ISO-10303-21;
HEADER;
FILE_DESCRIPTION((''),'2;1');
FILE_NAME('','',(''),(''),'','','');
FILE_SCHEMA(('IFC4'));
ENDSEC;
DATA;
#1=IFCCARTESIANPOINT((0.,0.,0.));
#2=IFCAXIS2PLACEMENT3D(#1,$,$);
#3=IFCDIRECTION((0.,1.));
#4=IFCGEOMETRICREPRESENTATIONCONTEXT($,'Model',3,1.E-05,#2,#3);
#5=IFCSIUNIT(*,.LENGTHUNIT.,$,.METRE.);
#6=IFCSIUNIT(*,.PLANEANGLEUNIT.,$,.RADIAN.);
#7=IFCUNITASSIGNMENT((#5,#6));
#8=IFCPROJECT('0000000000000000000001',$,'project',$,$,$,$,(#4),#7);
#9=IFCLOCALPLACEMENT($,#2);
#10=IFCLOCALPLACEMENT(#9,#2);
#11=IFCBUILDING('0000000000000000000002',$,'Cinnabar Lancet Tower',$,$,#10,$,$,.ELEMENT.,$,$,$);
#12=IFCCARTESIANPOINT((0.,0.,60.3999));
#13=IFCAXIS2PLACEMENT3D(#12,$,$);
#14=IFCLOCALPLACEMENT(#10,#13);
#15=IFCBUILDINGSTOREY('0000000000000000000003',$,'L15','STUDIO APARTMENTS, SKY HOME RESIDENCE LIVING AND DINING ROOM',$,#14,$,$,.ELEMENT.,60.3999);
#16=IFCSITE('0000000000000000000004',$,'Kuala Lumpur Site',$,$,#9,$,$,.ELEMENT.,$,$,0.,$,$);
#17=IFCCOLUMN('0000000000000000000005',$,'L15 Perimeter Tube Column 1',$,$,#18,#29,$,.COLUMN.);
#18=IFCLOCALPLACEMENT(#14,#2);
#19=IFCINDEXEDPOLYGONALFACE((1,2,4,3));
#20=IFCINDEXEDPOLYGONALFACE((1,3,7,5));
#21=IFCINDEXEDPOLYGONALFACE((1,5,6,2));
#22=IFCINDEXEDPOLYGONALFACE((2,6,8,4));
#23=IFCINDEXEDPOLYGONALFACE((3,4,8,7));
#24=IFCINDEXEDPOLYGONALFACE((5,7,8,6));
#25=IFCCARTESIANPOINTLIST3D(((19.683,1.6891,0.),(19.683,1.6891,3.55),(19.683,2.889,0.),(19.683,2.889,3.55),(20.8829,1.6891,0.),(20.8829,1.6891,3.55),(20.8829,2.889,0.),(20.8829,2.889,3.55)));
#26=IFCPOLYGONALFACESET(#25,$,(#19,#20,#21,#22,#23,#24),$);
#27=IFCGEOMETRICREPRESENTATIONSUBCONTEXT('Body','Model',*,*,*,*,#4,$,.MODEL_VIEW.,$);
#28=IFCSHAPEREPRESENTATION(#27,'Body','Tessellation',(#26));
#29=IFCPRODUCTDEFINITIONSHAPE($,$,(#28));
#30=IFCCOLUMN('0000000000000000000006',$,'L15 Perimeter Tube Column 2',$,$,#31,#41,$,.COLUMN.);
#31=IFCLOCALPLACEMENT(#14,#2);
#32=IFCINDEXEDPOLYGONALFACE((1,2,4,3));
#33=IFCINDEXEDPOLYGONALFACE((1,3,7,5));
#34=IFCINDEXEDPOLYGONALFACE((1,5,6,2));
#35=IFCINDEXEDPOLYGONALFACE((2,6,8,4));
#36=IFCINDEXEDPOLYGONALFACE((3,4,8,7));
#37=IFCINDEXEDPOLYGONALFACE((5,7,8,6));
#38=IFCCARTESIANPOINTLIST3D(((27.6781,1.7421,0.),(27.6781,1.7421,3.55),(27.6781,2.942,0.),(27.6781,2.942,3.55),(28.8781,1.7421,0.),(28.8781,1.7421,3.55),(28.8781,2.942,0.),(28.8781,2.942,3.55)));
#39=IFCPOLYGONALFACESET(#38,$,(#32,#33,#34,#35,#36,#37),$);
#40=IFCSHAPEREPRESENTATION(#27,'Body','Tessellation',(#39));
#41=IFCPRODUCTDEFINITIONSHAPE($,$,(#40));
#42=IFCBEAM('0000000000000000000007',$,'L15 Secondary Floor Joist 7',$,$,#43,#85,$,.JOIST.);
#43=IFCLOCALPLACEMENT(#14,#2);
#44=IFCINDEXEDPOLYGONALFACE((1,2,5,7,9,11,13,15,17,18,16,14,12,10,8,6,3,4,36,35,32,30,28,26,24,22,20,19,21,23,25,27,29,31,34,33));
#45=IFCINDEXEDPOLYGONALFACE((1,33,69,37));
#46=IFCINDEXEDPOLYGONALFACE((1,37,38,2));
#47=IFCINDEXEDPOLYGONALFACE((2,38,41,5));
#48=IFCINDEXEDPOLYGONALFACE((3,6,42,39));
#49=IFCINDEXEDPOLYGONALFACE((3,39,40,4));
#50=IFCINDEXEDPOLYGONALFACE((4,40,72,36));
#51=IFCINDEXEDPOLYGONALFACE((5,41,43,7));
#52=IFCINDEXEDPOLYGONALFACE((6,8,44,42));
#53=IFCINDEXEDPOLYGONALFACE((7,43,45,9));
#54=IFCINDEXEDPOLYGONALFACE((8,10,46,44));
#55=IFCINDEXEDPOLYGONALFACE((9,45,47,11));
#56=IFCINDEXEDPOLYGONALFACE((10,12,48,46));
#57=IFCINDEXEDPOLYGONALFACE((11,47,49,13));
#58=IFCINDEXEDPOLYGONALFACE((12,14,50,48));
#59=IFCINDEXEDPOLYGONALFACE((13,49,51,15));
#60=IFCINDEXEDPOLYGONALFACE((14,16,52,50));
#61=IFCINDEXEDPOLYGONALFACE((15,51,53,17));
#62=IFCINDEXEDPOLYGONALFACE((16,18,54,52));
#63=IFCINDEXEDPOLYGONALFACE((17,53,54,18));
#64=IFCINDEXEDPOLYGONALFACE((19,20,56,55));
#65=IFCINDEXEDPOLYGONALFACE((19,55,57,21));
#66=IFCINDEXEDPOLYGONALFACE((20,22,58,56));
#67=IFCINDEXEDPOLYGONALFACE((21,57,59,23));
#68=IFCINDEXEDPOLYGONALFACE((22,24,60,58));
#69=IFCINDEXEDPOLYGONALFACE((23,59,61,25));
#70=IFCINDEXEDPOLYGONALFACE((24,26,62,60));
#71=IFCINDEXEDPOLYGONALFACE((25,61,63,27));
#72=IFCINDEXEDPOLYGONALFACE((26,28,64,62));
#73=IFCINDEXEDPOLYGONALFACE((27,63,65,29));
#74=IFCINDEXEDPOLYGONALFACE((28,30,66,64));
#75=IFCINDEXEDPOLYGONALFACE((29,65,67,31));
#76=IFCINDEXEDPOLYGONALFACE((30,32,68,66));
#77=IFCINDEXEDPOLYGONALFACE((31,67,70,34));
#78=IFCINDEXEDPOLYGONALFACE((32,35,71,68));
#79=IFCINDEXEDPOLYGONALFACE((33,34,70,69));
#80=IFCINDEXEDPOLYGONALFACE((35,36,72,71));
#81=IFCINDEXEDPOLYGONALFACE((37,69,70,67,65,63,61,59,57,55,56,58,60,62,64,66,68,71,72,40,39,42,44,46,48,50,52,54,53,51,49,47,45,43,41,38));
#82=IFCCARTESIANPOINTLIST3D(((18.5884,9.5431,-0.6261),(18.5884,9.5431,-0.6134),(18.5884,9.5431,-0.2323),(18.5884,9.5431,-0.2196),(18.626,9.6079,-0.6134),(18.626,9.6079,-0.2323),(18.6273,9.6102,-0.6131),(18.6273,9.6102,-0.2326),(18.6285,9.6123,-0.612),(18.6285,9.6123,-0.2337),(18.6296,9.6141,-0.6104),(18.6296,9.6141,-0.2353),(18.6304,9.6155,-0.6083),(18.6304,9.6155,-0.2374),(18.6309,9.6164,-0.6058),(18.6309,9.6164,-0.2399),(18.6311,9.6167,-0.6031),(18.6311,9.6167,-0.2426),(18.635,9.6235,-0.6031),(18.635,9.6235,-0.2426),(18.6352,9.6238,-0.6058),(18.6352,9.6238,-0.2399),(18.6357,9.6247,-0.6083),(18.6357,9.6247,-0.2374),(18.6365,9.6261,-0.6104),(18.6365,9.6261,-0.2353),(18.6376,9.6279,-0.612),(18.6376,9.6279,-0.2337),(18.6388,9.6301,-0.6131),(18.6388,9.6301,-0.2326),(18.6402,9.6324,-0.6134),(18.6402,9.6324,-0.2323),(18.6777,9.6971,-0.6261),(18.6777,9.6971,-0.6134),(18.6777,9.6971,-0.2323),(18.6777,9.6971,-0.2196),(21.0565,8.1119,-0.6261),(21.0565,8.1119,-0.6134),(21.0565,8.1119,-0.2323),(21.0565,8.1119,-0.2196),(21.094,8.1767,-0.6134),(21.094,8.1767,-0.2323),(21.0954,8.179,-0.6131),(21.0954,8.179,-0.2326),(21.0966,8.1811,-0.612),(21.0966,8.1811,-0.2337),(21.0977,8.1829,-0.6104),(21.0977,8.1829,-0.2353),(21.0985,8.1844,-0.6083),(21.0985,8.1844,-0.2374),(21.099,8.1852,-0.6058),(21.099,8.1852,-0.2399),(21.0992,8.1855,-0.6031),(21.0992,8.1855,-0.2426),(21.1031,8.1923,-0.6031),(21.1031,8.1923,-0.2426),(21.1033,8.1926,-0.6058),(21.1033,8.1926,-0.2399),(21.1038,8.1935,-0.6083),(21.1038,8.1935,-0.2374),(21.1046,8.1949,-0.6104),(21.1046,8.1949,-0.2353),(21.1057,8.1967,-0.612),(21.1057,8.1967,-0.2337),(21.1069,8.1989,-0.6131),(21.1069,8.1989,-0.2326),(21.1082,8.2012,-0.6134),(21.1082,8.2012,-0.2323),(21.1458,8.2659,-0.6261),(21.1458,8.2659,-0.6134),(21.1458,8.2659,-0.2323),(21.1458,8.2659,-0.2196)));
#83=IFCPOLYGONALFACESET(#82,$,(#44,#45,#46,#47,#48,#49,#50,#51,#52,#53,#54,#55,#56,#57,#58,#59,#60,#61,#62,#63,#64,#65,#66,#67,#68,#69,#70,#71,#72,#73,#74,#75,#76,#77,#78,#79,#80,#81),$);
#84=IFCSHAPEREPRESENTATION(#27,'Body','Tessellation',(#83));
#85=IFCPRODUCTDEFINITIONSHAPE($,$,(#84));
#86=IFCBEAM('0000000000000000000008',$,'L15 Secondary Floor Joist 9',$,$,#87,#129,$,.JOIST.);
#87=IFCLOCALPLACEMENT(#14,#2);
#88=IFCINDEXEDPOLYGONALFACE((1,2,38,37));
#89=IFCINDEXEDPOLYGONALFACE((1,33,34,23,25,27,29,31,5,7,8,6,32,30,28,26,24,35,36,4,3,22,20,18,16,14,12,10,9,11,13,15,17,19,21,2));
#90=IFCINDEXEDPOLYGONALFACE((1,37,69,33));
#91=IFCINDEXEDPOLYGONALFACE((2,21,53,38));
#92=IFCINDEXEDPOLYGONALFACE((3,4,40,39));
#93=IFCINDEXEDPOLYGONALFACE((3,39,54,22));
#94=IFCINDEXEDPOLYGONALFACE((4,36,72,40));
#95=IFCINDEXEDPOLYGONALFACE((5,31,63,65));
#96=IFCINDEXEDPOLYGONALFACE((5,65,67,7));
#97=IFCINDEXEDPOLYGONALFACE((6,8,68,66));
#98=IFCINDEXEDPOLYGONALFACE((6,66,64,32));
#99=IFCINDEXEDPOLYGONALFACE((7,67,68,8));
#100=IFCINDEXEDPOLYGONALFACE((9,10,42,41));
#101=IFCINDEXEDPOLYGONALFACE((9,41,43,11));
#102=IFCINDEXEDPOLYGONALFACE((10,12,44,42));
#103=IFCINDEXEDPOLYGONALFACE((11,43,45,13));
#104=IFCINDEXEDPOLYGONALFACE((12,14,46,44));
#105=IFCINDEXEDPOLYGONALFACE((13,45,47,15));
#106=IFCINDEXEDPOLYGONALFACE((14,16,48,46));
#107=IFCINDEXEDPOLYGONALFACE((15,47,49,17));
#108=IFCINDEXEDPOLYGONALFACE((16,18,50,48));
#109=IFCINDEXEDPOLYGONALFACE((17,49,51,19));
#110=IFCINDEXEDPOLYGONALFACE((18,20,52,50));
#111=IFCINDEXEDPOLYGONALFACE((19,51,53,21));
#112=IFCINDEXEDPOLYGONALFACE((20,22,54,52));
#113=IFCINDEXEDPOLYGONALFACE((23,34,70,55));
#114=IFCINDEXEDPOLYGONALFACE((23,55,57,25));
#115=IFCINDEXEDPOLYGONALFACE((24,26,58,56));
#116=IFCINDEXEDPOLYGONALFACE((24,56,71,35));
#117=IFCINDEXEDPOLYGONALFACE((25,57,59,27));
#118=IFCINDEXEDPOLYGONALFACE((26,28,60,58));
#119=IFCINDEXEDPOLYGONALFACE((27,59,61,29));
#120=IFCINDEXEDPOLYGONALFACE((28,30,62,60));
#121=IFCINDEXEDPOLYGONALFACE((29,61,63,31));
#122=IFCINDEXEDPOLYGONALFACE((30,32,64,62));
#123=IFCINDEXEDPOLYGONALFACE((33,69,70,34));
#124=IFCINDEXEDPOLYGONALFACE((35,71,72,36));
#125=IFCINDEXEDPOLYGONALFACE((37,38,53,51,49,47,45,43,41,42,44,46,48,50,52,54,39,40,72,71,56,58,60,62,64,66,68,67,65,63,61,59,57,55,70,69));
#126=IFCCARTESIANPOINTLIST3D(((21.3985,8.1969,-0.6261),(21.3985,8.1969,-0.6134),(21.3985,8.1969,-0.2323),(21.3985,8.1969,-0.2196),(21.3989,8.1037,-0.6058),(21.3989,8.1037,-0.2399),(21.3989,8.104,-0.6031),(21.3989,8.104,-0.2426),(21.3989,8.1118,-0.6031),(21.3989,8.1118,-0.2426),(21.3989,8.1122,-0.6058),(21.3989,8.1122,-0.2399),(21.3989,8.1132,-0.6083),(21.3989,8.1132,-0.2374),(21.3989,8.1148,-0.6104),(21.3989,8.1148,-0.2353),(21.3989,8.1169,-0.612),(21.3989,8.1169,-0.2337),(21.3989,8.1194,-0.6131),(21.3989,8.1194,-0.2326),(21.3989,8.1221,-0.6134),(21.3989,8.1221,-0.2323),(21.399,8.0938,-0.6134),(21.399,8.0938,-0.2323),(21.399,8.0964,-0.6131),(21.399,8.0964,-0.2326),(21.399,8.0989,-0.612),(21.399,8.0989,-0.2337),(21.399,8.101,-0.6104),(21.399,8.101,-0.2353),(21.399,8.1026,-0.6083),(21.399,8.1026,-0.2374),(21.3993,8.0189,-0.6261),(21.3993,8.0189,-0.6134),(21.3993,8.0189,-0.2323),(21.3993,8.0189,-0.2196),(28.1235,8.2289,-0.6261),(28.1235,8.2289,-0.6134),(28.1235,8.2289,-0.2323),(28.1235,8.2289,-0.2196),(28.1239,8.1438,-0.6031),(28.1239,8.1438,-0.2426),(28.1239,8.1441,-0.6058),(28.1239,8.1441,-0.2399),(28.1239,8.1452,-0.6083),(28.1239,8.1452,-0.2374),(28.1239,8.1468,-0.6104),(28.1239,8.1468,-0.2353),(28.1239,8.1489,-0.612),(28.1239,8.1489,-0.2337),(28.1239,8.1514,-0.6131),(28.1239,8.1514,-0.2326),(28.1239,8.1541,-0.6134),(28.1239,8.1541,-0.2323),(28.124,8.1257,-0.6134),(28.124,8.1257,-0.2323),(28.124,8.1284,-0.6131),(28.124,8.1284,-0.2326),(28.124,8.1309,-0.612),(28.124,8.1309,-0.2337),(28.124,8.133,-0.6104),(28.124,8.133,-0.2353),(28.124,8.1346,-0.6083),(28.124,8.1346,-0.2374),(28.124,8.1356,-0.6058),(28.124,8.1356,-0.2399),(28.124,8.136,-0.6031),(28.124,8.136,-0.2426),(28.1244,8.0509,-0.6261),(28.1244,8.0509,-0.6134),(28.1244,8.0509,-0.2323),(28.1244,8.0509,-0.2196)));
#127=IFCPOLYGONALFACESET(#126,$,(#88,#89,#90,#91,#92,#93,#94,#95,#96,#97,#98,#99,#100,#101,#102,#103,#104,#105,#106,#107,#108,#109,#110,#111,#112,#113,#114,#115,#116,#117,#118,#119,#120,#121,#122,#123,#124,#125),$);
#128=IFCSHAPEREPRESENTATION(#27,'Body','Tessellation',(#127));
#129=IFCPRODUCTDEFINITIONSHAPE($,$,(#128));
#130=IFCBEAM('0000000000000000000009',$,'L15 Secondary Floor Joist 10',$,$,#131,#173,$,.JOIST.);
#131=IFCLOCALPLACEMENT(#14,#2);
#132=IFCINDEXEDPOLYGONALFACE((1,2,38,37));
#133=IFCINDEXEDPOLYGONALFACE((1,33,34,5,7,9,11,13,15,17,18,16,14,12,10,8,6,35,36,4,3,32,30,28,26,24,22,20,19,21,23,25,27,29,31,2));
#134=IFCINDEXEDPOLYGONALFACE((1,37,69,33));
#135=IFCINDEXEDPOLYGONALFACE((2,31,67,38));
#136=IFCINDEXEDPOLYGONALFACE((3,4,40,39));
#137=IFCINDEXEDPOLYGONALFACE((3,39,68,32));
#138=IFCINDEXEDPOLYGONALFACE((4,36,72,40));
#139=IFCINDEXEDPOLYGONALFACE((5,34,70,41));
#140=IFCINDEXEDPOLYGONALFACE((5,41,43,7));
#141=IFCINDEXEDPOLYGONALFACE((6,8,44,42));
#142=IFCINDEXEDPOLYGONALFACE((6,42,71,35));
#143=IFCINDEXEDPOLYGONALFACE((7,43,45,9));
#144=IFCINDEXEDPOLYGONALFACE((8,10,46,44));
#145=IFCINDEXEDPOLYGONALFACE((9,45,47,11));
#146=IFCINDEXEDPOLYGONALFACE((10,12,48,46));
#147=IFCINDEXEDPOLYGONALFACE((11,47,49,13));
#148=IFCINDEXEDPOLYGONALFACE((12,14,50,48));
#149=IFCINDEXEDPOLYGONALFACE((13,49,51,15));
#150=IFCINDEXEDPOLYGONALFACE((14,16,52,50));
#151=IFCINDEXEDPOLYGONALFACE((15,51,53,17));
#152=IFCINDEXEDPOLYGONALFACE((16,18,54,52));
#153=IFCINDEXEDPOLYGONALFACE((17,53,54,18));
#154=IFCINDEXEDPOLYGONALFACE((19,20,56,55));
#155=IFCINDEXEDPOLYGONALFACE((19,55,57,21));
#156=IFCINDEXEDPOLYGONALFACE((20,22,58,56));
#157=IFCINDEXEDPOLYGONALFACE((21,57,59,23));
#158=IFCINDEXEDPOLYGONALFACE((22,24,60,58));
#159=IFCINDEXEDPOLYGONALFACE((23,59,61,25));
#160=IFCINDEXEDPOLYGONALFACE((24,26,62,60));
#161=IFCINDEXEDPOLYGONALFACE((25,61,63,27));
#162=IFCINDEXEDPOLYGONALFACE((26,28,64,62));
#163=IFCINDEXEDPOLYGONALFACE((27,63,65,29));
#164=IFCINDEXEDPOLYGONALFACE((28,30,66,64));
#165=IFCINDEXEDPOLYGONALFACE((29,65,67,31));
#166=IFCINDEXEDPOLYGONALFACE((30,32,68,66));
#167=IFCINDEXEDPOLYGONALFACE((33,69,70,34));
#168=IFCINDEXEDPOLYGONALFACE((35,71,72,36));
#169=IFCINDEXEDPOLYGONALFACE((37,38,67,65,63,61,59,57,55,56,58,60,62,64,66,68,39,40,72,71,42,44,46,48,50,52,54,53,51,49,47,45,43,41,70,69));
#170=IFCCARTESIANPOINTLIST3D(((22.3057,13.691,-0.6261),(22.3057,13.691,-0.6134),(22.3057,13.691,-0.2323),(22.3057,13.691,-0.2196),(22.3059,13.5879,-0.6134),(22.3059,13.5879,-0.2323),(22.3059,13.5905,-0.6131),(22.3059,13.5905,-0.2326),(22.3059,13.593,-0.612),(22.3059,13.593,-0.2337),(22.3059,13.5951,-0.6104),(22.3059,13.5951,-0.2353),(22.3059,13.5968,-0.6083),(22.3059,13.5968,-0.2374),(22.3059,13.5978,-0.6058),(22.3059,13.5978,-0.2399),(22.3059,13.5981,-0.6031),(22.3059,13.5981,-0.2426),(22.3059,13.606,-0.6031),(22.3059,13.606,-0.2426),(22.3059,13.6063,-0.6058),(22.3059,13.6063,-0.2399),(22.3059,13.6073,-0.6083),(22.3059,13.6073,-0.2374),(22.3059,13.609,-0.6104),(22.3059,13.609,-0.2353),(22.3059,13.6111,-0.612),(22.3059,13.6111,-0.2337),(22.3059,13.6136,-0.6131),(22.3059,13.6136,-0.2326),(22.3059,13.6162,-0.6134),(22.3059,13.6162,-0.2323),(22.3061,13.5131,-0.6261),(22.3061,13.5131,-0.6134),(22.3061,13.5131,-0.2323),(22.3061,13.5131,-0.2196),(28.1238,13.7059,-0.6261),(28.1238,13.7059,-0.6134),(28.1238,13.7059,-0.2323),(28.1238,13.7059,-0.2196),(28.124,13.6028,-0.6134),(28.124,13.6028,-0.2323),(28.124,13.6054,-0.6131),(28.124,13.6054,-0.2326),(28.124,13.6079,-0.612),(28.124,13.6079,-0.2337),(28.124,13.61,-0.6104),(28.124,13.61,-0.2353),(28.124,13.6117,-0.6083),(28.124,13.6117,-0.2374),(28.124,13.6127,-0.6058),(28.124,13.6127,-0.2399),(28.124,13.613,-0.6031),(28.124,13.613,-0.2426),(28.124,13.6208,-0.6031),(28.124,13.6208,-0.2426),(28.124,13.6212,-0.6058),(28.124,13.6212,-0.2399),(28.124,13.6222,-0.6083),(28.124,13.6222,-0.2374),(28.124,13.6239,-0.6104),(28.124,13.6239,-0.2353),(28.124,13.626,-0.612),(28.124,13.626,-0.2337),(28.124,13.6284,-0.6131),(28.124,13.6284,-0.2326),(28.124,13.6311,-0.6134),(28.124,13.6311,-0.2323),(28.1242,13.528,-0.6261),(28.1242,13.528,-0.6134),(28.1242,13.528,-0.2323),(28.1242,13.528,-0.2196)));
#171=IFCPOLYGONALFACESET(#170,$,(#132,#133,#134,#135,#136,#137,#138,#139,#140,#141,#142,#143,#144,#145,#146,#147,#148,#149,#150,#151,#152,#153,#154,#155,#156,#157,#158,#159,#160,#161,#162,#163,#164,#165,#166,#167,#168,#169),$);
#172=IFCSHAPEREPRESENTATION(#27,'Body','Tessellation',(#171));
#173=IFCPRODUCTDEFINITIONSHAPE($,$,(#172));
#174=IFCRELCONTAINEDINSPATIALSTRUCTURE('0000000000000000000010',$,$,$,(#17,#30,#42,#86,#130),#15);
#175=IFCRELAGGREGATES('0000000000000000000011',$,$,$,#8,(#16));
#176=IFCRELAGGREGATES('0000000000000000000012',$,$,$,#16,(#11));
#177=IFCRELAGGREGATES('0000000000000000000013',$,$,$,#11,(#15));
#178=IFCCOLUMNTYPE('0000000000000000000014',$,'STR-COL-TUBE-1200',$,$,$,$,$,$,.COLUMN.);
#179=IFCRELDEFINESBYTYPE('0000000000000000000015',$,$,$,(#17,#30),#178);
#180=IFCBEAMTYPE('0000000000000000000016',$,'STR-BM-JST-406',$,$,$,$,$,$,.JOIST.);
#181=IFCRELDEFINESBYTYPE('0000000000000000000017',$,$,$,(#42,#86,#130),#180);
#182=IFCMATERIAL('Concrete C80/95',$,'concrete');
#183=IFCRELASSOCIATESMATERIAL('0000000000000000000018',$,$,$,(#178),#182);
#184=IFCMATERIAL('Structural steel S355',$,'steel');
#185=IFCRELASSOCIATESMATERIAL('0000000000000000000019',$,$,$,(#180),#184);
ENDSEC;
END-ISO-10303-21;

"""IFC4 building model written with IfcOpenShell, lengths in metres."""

from ifc_helpers import new_model, si_unit, direction, frame, origin, origin_2d, place, context, subcontext, project, spatial, rectangle, i_section, extrude, material, material_profile, profile_set, type_object, element, save


model = new_model("IFC4")

# Units and contexts
model_context = context("Model", 3, precision=1e-05, world=origin(), true_north=direction((0.0, 1.0)))
body_context = subcontext(model_context, "Body", "Model", "MODEL_VIEW")
ifc_project = project(units=[si_unit("LENGTHUNIT", "METRE"), si_unit("PLANEANGLEUNIT", "RADIAN")], contexts=[model_context])

# Site, building, storey
site_placement = place(None, origin())
site = spatial("IfcSite", under=ifc_project, at=site_placement, Name="Kuala Lumpur Site", CompositionType="ELEMENT", RefElevation=0.0)
building_placement = place(site_placement, origin())
building = spatial("IfcBuilding", under=site, at=building_placement, Name="Cinnabar Lancet Tower", CompositionType="ELEMENT")
storey_placement = place(building_placement, frame((0.0, 0.0, 60.3999)))
storey = spatial("IfcBuildingStorey", under=building, at=storey_placement, Name="L15", Description="STUDIO APARTMENTS, SKY HOME RESIDENCE LIVING AND DINING ROOM", CompositionType="ELEMENT", Elevation=60.3999)

# Columns
ifc_material_1 = material(Name="Concrete C80/95", Category="concrete")
ifc_material_profile_1 = material_profile(ifc_material_1, rectangle(XDim=1.2, YDim=1.2, at=origin_2d()), Name="RC-COL 1200x1200")
ifc_profile_set_1 = profile_set([ifc_material_profile_1], Name="Concrete C80/95")
column_type = type_object("IfcColumnType", Name="STR-COL-TUBE-1200", PredefinedType="COLUMN", material=ifc_profile_set_1)
for number, where, z_axis, x_axis, name in (
    (1, (20.283, 2.2891, 0.0), (0.0, 0.0, 1.0), (1.0, 0.0, 0.0), "L15 Perimeter Tube Column 1"),
    (2, (28.2781, 2.342, 0.0), (0.0, 0.0, 1.0), (1.0, 0.0, 0.0), "L15 Perimeter Tube Column 2"),
):
    element("IfcColumn", number, at=place(storey_placement, frame(where, z_axis=z_axis, x_axis=x_axis)), inside=storey, type_object=column_type, Name=name, PredefinedType="COLUMN", context=body_context, shape_type="SweptSolid", body=[
        extrude(rectangle(XDim=1.2, YDim=1.2, at=origin_2d()), origin(), (0.0, 0.0, 1.0), 3.55),
    ])

# Beams
ifc_material_2 = material(Name="Structural steel S355", Category="steel")
ifc_material_profile_2 = material_profile(ifc_material_2, i_section(OverallWidth=0.178, OverallDepth=0.4065, WebThickness=0.0078, FlangeThickness=0.0127, FilletRadius=0.0103, at=origin_2d()), Name="UKB 406x178x60")
ifc_profile_set_2 = profile_set([ifc_material_profile_2], Name="Structural steel S355")
beam_type_1 = type_object("IfcBeamType", Name="STR-BM-JST-406", PredefinedType="JOIST", material=ifc_profile_set_2)
beam_1_placement = place(storey_placement, frame((18.6331, 9.6201, -0.4229), z_axis=(0.865076, -0.50164, 0.0), x_axis=(0.50164, 0.865076, 0.0)))
element("IfcBeam", 3, at=beam_1_placement, inside=storey, type_object=beam_type_1, Name="L15 Secondary Floor Joist 7", PredefinedType="JOIST", context=body_context, shape_type="SweptSolid", body=[
    extrude(i_section(OverallWidth=0.178, OverallDepth=0.4065, WebThickness=0.0078, FlangeThickness=0.0127, FilletRadius=0.0103, at=origin_2d()), origin(), (0.0, 0.0, 1.0), 2.853),
])
beam_2_placement = place(storey_placement, frame((21.3989, 8.1079, -0.4229), z_axis=(0.999989, 0.004756, 0.0), x_axis=(-0.004756, 0.999989, 0.0)))
element("IfcBeam", 4, at=beam_2_placement, inside=storey, type_object=beam_type_1, Name="L15 Secondary Floor Joist 9", PredefinedType="JOIST", context=body_context, shape_type="SweptSolid", body=[
    extrude(i_section(OverallWidth=0.178, OverallDepth=0.4065, WebThickness=0.0078, FlangeThickness=0.0127, FilletRadius=0.0103, at=origin_2d()), origin(), (0.0, 0.0, 1.0), 6.7251),
])
beam_3_placement = place(storey_placement, frame((22.3059, 13.6021, -0.4229), z_axis=(0.999997, 0.00256, 0.0), x_axis=(-0.00256, 0.999997, 0.0)))
element("IfcBeam", 5, at=beam_3_placement, inside=storey, type_object=beam_type_1, Name="L15 Secondary Floor Joist 10", PredefinedType="JOIST", context=body_context, shape_type="SweptSolid", body=[
    extrude(i_section(OverallWidth=0.178, OverallDepth=0.4065, WebThickness=0.0078, FlangeThickness=0.0127, FilletRadius=0.0103, at=origin_2d()), origin(), (0.0, 0.0, 1.0), 5.8181),
])

save(model, "model.ifc")
